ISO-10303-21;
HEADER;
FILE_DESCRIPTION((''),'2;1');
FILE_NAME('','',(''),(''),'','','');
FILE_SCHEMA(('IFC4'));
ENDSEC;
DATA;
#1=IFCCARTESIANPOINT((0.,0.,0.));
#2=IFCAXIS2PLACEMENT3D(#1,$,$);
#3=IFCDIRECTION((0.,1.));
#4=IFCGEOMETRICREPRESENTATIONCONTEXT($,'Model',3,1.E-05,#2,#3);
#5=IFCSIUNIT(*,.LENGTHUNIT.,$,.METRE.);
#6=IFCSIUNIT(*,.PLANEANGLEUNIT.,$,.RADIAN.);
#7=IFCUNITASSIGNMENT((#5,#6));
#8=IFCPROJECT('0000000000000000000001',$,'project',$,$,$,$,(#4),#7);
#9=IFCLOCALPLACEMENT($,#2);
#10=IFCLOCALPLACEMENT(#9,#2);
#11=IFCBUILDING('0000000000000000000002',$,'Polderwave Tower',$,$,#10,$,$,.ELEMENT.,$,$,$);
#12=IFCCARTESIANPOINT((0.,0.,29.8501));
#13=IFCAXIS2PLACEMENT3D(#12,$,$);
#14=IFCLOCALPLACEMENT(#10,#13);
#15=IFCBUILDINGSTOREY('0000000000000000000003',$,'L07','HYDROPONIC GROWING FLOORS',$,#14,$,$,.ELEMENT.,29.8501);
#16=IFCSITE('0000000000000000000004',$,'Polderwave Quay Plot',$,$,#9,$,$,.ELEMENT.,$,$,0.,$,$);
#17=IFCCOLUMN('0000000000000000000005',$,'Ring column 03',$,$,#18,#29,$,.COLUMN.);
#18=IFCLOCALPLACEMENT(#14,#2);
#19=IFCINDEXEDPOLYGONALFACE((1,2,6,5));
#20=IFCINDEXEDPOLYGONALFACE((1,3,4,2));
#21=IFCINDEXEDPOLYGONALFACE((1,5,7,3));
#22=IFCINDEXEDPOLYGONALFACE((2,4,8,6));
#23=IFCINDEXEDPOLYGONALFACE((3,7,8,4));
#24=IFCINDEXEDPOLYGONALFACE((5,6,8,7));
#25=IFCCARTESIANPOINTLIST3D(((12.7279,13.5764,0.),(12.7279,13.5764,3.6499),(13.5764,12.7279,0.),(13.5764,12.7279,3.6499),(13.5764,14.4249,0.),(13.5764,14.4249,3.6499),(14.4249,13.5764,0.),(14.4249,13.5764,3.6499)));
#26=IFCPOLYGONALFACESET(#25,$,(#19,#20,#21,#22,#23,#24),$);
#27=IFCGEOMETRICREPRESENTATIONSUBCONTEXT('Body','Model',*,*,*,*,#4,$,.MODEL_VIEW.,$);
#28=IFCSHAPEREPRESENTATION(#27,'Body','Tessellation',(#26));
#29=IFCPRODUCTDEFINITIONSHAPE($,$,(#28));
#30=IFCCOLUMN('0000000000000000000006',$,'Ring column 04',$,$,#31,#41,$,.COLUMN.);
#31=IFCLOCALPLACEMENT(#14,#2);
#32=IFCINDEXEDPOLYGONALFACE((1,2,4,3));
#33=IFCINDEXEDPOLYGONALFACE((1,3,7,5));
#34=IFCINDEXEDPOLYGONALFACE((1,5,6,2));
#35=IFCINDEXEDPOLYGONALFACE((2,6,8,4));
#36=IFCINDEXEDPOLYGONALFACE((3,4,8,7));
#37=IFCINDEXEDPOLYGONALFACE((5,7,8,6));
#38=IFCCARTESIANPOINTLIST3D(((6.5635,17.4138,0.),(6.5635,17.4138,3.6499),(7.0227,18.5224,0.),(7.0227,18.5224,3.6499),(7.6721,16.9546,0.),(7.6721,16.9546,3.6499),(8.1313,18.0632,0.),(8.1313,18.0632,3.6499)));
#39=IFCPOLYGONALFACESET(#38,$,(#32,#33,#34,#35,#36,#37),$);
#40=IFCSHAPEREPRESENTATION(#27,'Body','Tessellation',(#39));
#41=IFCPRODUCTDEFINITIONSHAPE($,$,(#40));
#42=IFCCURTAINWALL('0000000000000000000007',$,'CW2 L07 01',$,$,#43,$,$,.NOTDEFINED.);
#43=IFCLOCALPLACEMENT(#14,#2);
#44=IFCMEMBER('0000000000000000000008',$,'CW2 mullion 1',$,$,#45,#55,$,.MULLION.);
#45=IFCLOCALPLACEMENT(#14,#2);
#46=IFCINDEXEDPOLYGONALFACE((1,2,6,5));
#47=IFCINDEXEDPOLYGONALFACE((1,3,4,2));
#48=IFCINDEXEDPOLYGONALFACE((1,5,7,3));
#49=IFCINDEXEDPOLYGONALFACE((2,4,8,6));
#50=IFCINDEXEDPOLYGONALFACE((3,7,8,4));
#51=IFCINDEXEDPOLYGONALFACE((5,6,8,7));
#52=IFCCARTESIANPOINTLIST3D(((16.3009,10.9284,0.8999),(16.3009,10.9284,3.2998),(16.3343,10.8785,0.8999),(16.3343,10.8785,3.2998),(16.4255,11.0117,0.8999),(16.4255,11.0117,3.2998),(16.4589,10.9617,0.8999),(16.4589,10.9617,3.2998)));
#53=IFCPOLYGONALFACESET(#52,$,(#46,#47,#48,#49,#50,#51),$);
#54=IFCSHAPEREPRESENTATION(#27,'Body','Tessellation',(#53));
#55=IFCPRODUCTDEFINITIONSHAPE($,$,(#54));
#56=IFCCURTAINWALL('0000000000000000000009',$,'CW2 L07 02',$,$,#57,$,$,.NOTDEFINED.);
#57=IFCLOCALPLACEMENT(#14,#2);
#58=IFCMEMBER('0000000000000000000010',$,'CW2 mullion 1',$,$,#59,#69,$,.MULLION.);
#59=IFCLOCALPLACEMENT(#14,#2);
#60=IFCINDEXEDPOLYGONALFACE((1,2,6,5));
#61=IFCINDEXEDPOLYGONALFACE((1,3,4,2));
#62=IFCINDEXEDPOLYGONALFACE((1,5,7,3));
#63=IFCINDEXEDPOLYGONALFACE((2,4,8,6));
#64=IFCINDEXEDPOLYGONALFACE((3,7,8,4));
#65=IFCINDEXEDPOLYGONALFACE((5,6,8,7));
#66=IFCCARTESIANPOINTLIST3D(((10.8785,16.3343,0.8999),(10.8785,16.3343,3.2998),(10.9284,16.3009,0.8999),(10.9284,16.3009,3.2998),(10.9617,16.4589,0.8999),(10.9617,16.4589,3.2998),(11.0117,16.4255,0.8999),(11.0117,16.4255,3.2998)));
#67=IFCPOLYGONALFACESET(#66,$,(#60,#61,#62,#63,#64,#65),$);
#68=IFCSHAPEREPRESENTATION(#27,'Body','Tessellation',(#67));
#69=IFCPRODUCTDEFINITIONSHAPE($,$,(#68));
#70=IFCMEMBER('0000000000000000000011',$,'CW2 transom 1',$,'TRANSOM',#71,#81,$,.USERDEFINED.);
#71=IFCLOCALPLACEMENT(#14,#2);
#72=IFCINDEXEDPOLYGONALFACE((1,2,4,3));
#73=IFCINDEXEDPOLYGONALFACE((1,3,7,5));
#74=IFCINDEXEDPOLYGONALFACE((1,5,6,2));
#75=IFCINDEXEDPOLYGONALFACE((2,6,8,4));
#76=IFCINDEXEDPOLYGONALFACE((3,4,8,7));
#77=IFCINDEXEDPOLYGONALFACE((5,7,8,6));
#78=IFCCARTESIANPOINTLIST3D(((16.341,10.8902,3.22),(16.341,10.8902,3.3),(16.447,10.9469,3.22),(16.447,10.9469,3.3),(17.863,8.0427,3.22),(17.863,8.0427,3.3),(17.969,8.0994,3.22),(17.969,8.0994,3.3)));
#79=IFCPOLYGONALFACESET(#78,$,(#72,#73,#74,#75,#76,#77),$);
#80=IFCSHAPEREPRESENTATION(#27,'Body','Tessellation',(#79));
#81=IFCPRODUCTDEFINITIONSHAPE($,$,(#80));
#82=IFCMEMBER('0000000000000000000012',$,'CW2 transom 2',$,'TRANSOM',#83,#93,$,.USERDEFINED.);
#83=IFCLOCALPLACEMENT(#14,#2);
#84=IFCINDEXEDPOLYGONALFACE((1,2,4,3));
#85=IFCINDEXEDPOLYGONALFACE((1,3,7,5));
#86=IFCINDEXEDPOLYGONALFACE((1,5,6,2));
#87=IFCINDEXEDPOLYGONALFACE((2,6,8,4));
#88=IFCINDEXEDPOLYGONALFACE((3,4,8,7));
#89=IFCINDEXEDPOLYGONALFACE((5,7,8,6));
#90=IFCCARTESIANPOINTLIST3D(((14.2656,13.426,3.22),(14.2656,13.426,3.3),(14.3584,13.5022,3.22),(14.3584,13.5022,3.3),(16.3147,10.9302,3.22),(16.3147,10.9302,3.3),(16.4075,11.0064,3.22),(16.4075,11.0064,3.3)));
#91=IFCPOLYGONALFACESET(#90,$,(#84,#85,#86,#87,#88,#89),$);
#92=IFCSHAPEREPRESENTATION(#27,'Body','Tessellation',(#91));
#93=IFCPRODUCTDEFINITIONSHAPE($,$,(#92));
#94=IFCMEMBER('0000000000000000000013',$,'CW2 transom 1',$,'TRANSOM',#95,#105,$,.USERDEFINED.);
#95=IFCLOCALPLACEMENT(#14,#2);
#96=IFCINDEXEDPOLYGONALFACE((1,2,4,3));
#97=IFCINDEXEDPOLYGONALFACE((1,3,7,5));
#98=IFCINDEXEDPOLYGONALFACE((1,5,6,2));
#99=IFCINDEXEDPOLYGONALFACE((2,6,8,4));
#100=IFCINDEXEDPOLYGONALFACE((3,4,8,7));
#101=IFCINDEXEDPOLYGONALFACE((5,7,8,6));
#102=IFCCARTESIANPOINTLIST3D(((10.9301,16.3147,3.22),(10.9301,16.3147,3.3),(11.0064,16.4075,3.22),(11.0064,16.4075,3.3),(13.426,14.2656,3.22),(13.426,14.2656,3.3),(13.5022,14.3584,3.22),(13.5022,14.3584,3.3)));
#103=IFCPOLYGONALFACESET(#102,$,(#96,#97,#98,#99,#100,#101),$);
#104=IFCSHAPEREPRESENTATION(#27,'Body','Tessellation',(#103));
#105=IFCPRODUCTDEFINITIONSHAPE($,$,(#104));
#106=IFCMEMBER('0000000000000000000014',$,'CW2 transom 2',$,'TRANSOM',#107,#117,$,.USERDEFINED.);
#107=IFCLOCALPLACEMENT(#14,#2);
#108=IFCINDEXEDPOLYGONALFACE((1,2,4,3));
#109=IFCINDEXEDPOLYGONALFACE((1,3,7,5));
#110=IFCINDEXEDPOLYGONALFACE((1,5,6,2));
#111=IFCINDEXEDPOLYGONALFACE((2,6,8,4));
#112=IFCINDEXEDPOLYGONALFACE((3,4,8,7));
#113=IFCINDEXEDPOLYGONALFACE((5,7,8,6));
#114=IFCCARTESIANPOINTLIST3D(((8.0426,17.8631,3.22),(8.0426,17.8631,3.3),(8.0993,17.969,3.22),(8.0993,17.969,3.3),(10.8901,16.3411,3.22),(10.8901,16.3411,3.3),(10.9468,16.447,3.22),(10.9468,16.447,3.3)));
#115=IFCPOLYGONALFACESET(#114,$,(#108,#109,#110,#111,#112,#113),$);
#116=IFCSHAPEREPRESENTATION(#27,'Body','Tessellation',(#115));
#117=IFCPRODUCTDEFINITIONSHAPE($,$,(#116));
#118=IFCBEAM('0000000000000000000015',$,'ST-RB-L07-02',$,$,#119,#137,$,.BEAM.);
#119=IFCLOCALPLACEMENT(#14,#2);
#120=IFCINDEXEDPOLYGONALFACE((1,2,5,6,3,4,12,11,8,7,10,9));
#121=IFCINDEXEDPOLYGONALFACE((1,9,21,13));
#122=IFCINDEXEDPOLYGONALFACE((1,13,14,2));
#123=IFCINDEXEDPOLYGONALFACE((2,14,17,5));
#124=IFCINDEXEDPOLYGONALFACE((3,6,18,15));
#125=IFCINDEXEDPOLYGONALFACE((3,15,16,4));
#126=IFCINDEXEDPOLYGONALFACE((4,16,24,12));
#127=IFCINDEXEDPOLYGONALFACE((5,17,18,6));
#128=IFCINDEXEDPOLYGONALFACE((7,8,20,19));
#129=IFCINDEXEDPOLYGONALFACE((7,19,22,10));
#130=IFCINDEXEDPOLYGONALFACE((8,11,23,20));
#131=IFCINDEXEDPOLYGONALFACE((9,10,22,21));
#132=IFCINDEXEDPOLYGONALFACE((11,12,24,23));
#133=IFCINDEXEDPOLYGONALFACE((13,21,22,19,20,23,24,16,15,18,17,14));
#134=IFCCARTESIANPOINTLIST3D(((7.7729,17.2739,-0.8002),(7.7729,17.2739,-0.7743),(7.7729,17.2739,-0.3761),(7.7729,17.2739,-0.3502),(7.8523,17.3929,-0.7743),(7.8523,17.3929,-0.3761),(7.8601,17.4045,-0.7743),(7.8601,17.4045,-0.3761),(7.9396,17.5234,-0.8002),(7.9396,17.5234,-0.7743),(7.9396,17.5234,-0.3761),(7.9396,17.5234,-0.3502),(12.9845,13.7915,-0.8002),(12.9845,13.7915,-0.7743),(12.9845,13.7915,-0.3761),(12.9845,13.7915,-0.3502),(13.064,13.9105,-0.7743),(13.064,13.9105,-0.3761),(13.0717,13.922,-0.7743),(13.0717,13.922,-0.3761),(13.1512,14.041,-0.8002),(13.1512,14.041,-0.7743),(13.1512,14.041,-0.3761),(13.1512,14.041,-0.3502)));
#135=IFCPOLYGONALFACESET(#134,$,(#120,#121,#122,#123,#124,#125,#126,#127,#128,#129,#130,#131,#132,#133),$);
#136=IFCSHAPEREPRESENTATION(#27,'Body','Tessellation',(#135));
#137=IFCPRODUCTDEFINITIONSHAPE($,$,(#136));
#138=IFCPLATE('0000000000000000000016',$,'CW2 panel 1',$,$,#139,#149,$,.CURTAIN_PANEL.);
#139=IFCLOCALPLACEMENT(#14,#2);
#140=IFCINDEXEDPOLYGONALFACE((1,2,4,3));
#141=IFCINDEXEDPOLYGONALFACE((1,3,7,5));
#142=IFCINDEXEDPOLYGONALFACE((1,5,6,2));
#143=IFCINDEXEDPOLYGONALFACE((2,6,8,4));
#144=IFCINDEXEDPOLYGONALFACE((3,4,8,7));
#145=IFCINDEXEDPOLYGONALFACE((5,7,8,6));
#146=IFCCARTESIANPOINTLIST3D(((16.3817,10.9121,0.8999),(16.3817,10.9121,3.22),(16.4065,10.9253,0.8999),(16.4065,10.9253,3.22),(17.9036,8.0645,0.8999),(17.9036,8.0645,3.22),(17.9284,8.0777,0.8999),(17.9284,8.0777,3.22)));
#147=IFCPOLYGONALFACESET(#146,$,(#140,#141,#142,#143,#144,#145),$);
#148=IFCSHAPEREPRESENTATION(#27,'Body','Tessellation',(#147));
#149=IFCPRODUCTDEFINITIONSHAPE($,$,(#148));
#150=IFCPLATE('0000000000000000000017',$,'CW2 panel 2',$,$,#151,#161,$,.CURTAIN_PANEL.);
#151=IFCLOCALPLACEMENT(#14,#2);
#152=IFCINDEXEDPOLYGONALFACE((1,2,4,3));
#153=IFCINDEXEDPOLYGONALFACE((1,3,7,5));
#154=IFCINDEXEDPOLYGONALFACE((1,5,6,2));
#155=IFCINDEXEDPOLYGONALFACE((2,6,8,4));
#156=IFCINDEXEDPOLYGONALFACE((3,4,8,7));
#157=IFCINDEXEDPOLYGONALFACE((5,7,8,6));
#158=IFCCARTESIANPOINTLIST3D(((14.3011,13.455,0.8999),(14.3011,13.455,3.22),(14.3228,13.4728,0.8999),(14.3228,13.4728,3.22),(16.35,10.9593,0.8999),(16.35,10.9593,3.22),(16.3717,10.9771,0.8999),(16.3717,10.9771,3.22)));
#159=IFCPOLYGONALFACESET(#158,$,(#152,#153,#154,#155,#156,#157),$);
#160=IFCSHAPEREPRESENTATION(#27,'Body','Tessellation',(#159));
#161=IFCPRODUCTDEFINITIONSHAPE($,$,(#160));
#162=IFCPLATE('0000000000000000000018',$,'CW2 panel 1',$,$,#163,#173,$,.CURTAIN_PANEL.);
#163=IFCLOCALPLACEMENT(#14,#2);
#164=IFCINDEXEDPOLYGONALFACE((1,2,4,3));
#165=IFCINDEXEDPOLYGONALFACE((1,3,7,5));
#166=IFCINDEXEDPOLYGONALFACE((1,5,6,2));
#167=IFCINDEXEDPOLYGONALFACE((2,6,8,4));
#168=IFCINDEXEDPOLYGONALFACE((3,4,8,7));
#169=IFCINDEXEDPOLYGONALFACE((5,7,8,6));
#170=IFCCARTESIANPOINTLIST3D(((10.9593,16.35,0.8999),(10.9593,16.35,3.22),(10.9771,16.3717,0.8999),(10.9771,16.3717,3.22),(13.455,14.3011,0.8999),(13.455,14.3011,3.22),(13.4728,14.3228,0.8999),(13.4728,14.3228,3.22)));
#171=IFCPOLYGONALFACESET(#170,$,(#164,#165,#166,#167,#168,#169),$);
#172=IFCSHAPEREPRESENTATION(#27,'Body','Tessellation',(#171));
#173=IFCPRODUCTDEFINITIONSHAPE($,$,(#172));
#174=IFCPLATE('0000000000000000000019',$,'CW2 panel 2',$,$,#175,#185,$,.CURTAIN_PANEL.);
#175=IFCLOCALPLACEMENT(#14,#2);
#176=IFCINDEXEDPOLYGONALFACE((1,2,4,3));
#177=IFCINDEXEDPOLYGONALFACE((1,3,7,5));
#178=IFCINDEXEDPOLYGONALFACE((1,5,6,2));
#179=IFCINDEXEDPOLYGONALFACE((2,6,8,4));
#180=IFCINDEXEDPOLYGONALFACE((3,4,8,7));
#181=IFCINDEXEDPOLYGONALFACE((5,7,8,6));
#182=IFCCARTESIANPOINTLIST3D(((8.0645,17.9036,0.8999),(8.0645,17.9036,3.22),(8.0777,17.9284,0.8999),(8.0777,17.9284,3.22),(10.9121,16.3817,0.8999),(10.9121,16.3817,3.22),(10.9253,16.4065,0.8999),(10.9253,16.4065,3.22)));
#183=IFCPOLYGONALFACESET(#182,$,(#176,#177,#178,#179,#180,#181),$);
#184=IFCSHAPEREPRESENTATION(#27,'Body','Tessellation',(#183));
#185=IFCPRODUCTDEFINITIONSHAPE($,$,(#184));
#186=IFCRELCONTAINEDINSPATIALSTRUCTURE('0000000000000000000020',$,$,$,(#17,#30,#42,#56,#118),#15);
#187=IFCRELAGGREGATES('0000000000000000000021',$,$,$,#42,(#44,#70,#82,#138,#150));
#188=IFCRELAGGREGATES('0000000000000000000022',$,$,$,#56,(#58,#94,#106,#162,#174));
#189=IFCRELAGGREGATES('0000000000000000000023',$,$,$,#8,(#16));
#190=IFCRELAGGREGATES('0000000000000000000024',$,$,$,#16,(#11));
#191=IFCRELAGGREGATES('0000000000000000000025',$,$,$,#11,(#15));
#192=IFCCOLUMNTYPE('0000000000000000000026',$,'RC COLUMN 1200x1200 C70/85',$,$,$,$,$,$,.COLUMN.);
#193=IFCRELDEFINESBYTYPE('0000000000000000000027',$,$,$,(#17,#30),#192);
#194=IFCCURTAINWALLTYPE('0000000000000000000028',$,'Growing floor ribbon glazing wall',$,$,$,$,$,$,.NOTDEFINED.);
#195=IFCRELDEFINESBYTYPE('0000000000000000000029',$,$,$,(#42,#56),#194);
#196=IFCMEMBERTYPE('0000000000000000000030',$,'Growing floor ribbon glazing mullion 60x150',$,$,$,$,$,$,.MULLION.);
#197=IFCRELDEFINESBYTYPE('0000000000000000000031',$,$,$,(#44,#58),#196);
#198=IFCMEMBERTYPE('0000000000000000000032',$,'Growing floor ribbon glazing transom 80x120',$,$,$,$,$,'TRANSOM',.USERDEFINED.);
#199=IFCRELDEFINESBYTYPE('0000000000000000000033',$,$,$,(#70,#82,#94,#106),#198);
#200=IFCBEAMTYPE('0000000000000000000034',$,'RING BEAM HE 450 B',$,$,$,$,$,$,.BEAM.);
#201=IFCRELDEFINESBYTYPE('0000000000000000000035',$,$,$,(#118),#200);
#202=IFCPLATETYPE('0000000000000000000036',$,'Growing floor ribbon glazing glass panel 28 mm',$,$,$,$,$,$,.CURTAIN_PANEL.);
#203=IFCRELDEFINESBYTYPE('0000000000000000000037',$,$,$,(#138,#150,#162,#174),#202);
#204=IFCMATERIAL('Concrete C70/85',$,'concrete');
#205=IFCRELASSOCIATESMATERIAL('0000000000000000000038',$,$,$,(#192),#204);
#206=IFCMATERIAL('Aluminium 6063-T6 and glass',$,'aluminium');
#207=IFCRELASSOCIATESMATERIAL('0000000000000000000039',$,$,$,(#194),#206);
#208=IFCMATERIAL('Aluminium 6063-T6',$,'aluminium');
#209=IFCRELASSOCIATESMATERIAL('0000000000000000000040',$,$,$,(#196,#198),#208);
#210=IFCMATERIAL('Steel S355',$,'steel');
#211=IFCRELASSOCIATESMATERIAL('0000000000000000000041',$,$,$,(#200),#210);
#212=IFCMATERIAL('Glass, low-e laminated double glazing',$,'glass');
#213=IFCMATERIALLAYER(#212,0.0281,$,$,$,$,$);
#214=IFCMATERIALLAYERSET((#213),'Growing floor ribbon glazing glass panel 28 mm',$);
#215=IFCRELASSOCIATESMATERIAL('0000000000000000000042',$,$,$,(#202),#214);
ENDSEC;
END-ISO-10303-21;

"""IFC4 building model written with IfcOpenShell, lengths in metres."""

from ifc_helpers import new_model, si_unit, direction, frame, origin, origin_2d, place, context, subcontext, project, spatial, rectangle, i_section, extrude, material, layer, layer_set, material_profile, profile_set, type_object, element, aggregate, save


model = new_model("IFC4")

# Units and contexts
model_context = context("Model", 3, precision=1e-05, world=origin(), true_north=direction((0.0, 1.0)))
body_context = subcontext(model_context, "Body", "Model", "MODEL_VIEW")
ifc_project = project(units=[si_unit("LENGTHUNIT", "METRE"), si_unit("PLANEANGLEUNIT", "RADIAN")], contexts=[model_context])

# Site, building, storey
site_placement = place(None, origin())
site = spatial("IfcSite", under=ifc_project, at=site_placement, Name="Polderwave Quay Plot", CompositionType="ELEMENT", RefElevation=0.0)
building_placement = place(site_placement, origin())
building = spatial("IfcBuilding", under=site, at=building_placement, Name="Polderwave Tower", CompositionType="ELEMENT")
storey_placement = place(building_placement, frame((0.0, 0.0, 29.8501)))
storey = spatial("IfcBuildingStorey", under=building, at=storey_placement, Name="L07", Description="HYDROPONIC GROWING FLOORS", CompositionType="ELEMENT", Elevation=29.8501)

# Columns
ifc_material_1 = material(Name="Concrete C70/85", Category="concrete")
ifc_material_profile_1 = material_profile(ifc_material_1, rectangle(XDim=1.2, YDim=1.2, at=origin_2d()), Name="RC 1200x1200")
ifc_profile_set_1 = profile_set([ifc_material_profile_1], Name="Concrete C70/85")
column_type = type_object("IfcColumnType", Name="RC COLUMN 1200x1200 C70/85", PredefinedType="COLUMN", material=ifc_profile_set_1)
for number, where, z_axis, x_axis, name in (
    (1, (13.5764, 13.5764, 0.0), (0.0, 0.0, 1.0), (0.707107, 0.707107, 0.0), "Ring column 03"),
    (2, (7.3474, 17.7385, 0.0), (0.0, 0.0, 1.0), (0.382683, 0.92388, 0.0), "Ring column 04"),
):
    element("IfcColumn", number, at=place(storey_placement, frame(where, z_axis=z_axis, x_axis=x_axis)), inside=storey, type_object=column_type, Name=name, PredefinedType="COLUMN", context=body_context, shape_type="SweptSolid", body=[
        extrude(rectangle(XDim=1.2, YDim=1.2, at=origin_2d()), origin(), (0.0, 0.0, 1.0), 3.6499),
    ])

# Curtain walls, members
ifc_material_2 = material(Name="Aluminium 6063-T6 and glass", Category="aluminium")
curtain_wall_type = type_object("IfcCurtainWallType", Name="Growing floor ribbon glazing wall", PredefinedType="NOTDEFINED", material=ifc_material_2)
curtain_wall_1_placement = place(storey_placement, origin())
curtain_wall_1 = element("IfcCurtainWall", 3, at=curtain_wall_1_placement, inside=storey, type_object=curtain_wall_type, Name="CW2 L07 01", PredefinedType="NOTDEFINED")
ifc_material_3 = material(Name="Aluminium 6063-T6", Category="aluminium")
ifc_material_profile_2 = material_profile(ifc_material_3, rectangle(XDim=0.1499, YDim=0.0601, at=origin_2d()), Name="AL 60x150")
ifc_profile_set_2 = profile_set([ifc_material_profile_2], Name="Aluminium 6063-T6")
member_type_1 = type_object("IfcMemberType", Name="Growing floor ribbon glazing mullion 60x150", PredefinedType="MULLION", material=ifc_profile_set_2)
member_1_placement = place(storey_placement, frame((16.3799, 10.9451, 0.8999), z_axis=(0.0, 0.0, 1.0), x_axis=(-0.831437, -0.55562, 0.0)))
member_1 = element("IfcMember", 4, at=member_1_placement, type_object=member_type_1, Name="CW2 mullion 1", PredefinedType="MULLION", context=body_context, shape_type="SweptSolid", body=[
    extrude(rectangle(XDim=0.1499, YDim=0.0601, at=origin_2d()), origin(), (0.0, 0.0, 1.0), 2.3999),
])
curtain_wall_2_placement = place(storey_placement, origin())
curtain_wall_2 = element("IfcCurtainWall", 5, at=curtain_wall_2_placement, inside=storey, type_object=curtain_wall_type, Name="CW2 L07 02", PredefinedType="NOTDEFINED")
member_2_placement = place(storey_placement, frame((10.9451, 16.3799, 0.8999), z_axis=(0.0, 0.0, 1.0), x_axis=(-0.55562, -0.831437, 0.0)))
member_2 = element("IfcMember", 6, at=member_2_placement, type_object=member_type_1, Name="CW2 mullion 1", PredefinedType="MULLION", context=body_context, shape_type="SweptSolid", body=[
    extrude(rectangle(XDim=0.1499, YDim=0.0601, at=origin_2d()), origin(), (0.0, 0.0, 1.0), 2.3999),
])

# Members
ifc_material_profile_3 = material_profile(ifc_material_3, rectangle(XDim=0.1201, YDim=0.0801, at=origin_2d()), Name="AL 80x120")
ifc_profile_set_3 = profile_set([ifc_material_profile_3], Name="Aluminium 6063-T6")
member_type_2 = type_object("IfcMemberType", Name="Growing floor ribbon glazing transom 80x120", ElementType="TRANSOM", PredefinedType="USERDEFINED", material=ifc_profile_set_3)
member_3_placement = place(storey_placement, frame((17.916, 8.071, 3.26), z_axis=(-0.471397, 0.881921, 0.0), x_axis=(-0.881921, -0.471397, 0.0)))
member_3 = element("IfcMember", 7, at=member_3_placement, type_object=member_type_2, Name="CW2 transom 1", ObjectType="TRANSOM", PredefinedType="USERDEFINED", context=body_context, shape_type="SweptSolid", body=[
    extrude(rectangle(XDim=0.1201, YDim=0.0801, at=origin_2d()), origin(), (0.0, 0.0, 1.0), 3.2288),
])
member_4_placement = place(storey_placement, frame((16.3611, 10.9683, 3.26), z_axis=(-0.634538, 0.772892, 0.0), x_axis=(-0.772892, -0.634538, 0.0)))
member_4 = element("IfcMember", 8, at=member_4_placement, type_object=member_type_2, Name="CW2 transom 2", ObjectType="TRANSOM", PredefinedType="USERDEFINED", context=body_context, shape_type="SweptSolid", body=[
    extrude(rectangle(XDim=0.1201, YDim=0.0801, at=origin_2d()), origin(), (0.0, 0.0, 1.0), 3.2292),
])
member_5_placement = place(storey_placement, frame((13.4641, 14.312, 3.26), z_axis=(-0.772892, 0.634538, 0.0), x_axis=(-0.634538, -0.772892, 0.0)))
member_5 = element("IfcMember", 9, at=member_5_placement, type_object=member_type_2, Name="CW2 transom 1", ObjectType="TRANSOM", PredefinedType="USERDEFINED", context=body_context, shape_type="SweptSolid", body=[
    extrude(rectangle(XDim=0.1201, YDim=0.0801, at=origin_2d()), origin(), (0.0, 0.0, 1.0), 3.2292),
])
member_6_placement = place(storey_placement, frame((10.9185, 16.394, 3.26), z_axis=(-0.881921, 0.471397, 0.0), x_axis=(-0.471397, -0.881921, 0.0)))
member_6 = element("IfcMember", 10, at=member_6_placement, type_object=member_type_2, Name="CW2 transom 2", ObjectType="TRANSOM", PredefinedType="USERDEFINED", context=body_context, shape_type="SweptSolid", body=[
    extrude(rectangle(XDim=0.1201, YDim=0.0801, at=origin_2d()), origin(), (0.0, 0.0, 1.0), 3.2288),
])

# Beam
ifc_material_4 = material(Name="Steel S355", Category="steel")
ifc_material_profile_4 = material_profile(ifc_material_4, i_section(OverallWidth=0.3, OverallDepth=0.45, WebThickness=0.0139, FlangeThickness=0.0259, at=origin_2d()), Name="HE 450 B")
ifc_profile_set_4 = profile_set([ifc_material_profile_4], Name="Steel S355")
beam_type = type_object("IfcBeamType", Name="RING BEAM HE 450 B", PredefinedType="BEAM", material=ifc_profile_set_4)
beam_placement = place(storey_placement, frame((13.0679, 13.9163, -0.5752), z_axis=(-0.831463, 0.555581, 0.0), x_axis=(-0.555581, -0.831463, 0.0)))
element("IfcBeam", 11, at=beam_placement, inside=storey, type_object=beam_type, Name="ST-RB-L07-02", PredefinedType="BEAM", context=body_context, shape_type="SweptSolid", body=[
    extrude(i_section(OverallWidth=0.3, OverallDepth=0.45, WebThickness=0.0139, FlangeThickness=0.0259, at=origin_2d()), origin(), (0.0, 0.0, 1.0), 6.2681),
])

# Plates
ifc_material_5 = material(Name="Glass, low-e laminated double glazing", Category="glass")
ifc_layer_1 = layer(ifc_material_5, 0.0281)
ifc_layer_set_1 = layer_set([ifc_layer_1], Name="Growing floor ribbon glazing glass panel 28 mm")
plate_type = type_object("IfcPlateType", Name="Growing floor ribbon glazing glass panel 28 mm", PredefinedType="CURTAIN_PANEL", material=ifc_layer_set_1)
plate_1_placement = place(storey_placement, frame((17.155, 9.4949, 0.8999), z_axis=(0.0, 0.0, 1.0), x_axis=(-0.471352, 0.881945, 0.0)))
plate_1 = element("IfcPlate", 12, at=plate_1_placement, type_object=plate_type, Name="CW2 panel 1", PredefinedType="CURTAIN_PANEL", context=body_context, shape_type="SweptSolid", body=[
    extrude(rectangle(XDim=3.2288, YDim=0.0281, at=origin_2d()), origin(), (0.0, 0.0, 1.0), 2.3201),
])
plate_2_placement = place(storey_placement, frame((15.3364, 12.2161, 0.8999), z_axis=(0.0, 0.0, 1.0), x_axis=(-0.634524, 0.772903, 0.0)))
plate_2 = element("IfcPlate", 13, at=plate_2_placement, type_object=plate_type, Name="CW2 panel 2", PredefinedType="CURTAIN_PANEL", context=body_context, shape_type="SweptSolid", body=[
    extrude(rectangle(XDim=3.229, YDim=0.0281, at=origin_2d()), origin(), (0.0, 0.0, 1.0), 2.3201),
])
aggregate(curtain_wall_1, [member_1, member_3, member_4, plate_1, plate_2])
plate_3_placement = place(storey_placement, frame((12.2161, 15.3364, 0.8999), z_axis=(0.0, 0.0, 1.0), x_axis=(-0.772903, 0.634524, 0.0)))
plate_3 = element("IfcPlate", 14, at=plate_3_placement, type_object=plate_type, Name="CW2 panel 1", PredefinedType="CURTAIN_PANEL", context=body_context, shape_type="SweptSolid", body=[
    extrude(rectangle(XDim=3.229, YDim=0.0281, at=origin_2d()), origin(), (0.0, 0.0, 1.0), 2.3201),
])
plate_4_placement = place(storey_placement, frame((9.4949, 17.155, 0.8999), z_axis=(0.0, 0.0, 1.0), x_axis=(-0.881945, 0.471352, 0.0)))
plate_4 = element("IfcPlate", 15, at=plate_4_placement, type_object=plate_type, Name="CW2 panel 2", PredefinedType="CURTAIN_PANEL", context=body_context, shape_type="SweptSolid", body=[
    extrude(rectangle(XDim=3.2288, YDim=0.0281, at=origin_2d()), origin(), (0.0, 0.0, 1.0), 2.3201),
])
aggregate(curtain_wall_2, [member_2, member_5, member_6, plate_3, plate_4])

save(model, "model.ifc")
